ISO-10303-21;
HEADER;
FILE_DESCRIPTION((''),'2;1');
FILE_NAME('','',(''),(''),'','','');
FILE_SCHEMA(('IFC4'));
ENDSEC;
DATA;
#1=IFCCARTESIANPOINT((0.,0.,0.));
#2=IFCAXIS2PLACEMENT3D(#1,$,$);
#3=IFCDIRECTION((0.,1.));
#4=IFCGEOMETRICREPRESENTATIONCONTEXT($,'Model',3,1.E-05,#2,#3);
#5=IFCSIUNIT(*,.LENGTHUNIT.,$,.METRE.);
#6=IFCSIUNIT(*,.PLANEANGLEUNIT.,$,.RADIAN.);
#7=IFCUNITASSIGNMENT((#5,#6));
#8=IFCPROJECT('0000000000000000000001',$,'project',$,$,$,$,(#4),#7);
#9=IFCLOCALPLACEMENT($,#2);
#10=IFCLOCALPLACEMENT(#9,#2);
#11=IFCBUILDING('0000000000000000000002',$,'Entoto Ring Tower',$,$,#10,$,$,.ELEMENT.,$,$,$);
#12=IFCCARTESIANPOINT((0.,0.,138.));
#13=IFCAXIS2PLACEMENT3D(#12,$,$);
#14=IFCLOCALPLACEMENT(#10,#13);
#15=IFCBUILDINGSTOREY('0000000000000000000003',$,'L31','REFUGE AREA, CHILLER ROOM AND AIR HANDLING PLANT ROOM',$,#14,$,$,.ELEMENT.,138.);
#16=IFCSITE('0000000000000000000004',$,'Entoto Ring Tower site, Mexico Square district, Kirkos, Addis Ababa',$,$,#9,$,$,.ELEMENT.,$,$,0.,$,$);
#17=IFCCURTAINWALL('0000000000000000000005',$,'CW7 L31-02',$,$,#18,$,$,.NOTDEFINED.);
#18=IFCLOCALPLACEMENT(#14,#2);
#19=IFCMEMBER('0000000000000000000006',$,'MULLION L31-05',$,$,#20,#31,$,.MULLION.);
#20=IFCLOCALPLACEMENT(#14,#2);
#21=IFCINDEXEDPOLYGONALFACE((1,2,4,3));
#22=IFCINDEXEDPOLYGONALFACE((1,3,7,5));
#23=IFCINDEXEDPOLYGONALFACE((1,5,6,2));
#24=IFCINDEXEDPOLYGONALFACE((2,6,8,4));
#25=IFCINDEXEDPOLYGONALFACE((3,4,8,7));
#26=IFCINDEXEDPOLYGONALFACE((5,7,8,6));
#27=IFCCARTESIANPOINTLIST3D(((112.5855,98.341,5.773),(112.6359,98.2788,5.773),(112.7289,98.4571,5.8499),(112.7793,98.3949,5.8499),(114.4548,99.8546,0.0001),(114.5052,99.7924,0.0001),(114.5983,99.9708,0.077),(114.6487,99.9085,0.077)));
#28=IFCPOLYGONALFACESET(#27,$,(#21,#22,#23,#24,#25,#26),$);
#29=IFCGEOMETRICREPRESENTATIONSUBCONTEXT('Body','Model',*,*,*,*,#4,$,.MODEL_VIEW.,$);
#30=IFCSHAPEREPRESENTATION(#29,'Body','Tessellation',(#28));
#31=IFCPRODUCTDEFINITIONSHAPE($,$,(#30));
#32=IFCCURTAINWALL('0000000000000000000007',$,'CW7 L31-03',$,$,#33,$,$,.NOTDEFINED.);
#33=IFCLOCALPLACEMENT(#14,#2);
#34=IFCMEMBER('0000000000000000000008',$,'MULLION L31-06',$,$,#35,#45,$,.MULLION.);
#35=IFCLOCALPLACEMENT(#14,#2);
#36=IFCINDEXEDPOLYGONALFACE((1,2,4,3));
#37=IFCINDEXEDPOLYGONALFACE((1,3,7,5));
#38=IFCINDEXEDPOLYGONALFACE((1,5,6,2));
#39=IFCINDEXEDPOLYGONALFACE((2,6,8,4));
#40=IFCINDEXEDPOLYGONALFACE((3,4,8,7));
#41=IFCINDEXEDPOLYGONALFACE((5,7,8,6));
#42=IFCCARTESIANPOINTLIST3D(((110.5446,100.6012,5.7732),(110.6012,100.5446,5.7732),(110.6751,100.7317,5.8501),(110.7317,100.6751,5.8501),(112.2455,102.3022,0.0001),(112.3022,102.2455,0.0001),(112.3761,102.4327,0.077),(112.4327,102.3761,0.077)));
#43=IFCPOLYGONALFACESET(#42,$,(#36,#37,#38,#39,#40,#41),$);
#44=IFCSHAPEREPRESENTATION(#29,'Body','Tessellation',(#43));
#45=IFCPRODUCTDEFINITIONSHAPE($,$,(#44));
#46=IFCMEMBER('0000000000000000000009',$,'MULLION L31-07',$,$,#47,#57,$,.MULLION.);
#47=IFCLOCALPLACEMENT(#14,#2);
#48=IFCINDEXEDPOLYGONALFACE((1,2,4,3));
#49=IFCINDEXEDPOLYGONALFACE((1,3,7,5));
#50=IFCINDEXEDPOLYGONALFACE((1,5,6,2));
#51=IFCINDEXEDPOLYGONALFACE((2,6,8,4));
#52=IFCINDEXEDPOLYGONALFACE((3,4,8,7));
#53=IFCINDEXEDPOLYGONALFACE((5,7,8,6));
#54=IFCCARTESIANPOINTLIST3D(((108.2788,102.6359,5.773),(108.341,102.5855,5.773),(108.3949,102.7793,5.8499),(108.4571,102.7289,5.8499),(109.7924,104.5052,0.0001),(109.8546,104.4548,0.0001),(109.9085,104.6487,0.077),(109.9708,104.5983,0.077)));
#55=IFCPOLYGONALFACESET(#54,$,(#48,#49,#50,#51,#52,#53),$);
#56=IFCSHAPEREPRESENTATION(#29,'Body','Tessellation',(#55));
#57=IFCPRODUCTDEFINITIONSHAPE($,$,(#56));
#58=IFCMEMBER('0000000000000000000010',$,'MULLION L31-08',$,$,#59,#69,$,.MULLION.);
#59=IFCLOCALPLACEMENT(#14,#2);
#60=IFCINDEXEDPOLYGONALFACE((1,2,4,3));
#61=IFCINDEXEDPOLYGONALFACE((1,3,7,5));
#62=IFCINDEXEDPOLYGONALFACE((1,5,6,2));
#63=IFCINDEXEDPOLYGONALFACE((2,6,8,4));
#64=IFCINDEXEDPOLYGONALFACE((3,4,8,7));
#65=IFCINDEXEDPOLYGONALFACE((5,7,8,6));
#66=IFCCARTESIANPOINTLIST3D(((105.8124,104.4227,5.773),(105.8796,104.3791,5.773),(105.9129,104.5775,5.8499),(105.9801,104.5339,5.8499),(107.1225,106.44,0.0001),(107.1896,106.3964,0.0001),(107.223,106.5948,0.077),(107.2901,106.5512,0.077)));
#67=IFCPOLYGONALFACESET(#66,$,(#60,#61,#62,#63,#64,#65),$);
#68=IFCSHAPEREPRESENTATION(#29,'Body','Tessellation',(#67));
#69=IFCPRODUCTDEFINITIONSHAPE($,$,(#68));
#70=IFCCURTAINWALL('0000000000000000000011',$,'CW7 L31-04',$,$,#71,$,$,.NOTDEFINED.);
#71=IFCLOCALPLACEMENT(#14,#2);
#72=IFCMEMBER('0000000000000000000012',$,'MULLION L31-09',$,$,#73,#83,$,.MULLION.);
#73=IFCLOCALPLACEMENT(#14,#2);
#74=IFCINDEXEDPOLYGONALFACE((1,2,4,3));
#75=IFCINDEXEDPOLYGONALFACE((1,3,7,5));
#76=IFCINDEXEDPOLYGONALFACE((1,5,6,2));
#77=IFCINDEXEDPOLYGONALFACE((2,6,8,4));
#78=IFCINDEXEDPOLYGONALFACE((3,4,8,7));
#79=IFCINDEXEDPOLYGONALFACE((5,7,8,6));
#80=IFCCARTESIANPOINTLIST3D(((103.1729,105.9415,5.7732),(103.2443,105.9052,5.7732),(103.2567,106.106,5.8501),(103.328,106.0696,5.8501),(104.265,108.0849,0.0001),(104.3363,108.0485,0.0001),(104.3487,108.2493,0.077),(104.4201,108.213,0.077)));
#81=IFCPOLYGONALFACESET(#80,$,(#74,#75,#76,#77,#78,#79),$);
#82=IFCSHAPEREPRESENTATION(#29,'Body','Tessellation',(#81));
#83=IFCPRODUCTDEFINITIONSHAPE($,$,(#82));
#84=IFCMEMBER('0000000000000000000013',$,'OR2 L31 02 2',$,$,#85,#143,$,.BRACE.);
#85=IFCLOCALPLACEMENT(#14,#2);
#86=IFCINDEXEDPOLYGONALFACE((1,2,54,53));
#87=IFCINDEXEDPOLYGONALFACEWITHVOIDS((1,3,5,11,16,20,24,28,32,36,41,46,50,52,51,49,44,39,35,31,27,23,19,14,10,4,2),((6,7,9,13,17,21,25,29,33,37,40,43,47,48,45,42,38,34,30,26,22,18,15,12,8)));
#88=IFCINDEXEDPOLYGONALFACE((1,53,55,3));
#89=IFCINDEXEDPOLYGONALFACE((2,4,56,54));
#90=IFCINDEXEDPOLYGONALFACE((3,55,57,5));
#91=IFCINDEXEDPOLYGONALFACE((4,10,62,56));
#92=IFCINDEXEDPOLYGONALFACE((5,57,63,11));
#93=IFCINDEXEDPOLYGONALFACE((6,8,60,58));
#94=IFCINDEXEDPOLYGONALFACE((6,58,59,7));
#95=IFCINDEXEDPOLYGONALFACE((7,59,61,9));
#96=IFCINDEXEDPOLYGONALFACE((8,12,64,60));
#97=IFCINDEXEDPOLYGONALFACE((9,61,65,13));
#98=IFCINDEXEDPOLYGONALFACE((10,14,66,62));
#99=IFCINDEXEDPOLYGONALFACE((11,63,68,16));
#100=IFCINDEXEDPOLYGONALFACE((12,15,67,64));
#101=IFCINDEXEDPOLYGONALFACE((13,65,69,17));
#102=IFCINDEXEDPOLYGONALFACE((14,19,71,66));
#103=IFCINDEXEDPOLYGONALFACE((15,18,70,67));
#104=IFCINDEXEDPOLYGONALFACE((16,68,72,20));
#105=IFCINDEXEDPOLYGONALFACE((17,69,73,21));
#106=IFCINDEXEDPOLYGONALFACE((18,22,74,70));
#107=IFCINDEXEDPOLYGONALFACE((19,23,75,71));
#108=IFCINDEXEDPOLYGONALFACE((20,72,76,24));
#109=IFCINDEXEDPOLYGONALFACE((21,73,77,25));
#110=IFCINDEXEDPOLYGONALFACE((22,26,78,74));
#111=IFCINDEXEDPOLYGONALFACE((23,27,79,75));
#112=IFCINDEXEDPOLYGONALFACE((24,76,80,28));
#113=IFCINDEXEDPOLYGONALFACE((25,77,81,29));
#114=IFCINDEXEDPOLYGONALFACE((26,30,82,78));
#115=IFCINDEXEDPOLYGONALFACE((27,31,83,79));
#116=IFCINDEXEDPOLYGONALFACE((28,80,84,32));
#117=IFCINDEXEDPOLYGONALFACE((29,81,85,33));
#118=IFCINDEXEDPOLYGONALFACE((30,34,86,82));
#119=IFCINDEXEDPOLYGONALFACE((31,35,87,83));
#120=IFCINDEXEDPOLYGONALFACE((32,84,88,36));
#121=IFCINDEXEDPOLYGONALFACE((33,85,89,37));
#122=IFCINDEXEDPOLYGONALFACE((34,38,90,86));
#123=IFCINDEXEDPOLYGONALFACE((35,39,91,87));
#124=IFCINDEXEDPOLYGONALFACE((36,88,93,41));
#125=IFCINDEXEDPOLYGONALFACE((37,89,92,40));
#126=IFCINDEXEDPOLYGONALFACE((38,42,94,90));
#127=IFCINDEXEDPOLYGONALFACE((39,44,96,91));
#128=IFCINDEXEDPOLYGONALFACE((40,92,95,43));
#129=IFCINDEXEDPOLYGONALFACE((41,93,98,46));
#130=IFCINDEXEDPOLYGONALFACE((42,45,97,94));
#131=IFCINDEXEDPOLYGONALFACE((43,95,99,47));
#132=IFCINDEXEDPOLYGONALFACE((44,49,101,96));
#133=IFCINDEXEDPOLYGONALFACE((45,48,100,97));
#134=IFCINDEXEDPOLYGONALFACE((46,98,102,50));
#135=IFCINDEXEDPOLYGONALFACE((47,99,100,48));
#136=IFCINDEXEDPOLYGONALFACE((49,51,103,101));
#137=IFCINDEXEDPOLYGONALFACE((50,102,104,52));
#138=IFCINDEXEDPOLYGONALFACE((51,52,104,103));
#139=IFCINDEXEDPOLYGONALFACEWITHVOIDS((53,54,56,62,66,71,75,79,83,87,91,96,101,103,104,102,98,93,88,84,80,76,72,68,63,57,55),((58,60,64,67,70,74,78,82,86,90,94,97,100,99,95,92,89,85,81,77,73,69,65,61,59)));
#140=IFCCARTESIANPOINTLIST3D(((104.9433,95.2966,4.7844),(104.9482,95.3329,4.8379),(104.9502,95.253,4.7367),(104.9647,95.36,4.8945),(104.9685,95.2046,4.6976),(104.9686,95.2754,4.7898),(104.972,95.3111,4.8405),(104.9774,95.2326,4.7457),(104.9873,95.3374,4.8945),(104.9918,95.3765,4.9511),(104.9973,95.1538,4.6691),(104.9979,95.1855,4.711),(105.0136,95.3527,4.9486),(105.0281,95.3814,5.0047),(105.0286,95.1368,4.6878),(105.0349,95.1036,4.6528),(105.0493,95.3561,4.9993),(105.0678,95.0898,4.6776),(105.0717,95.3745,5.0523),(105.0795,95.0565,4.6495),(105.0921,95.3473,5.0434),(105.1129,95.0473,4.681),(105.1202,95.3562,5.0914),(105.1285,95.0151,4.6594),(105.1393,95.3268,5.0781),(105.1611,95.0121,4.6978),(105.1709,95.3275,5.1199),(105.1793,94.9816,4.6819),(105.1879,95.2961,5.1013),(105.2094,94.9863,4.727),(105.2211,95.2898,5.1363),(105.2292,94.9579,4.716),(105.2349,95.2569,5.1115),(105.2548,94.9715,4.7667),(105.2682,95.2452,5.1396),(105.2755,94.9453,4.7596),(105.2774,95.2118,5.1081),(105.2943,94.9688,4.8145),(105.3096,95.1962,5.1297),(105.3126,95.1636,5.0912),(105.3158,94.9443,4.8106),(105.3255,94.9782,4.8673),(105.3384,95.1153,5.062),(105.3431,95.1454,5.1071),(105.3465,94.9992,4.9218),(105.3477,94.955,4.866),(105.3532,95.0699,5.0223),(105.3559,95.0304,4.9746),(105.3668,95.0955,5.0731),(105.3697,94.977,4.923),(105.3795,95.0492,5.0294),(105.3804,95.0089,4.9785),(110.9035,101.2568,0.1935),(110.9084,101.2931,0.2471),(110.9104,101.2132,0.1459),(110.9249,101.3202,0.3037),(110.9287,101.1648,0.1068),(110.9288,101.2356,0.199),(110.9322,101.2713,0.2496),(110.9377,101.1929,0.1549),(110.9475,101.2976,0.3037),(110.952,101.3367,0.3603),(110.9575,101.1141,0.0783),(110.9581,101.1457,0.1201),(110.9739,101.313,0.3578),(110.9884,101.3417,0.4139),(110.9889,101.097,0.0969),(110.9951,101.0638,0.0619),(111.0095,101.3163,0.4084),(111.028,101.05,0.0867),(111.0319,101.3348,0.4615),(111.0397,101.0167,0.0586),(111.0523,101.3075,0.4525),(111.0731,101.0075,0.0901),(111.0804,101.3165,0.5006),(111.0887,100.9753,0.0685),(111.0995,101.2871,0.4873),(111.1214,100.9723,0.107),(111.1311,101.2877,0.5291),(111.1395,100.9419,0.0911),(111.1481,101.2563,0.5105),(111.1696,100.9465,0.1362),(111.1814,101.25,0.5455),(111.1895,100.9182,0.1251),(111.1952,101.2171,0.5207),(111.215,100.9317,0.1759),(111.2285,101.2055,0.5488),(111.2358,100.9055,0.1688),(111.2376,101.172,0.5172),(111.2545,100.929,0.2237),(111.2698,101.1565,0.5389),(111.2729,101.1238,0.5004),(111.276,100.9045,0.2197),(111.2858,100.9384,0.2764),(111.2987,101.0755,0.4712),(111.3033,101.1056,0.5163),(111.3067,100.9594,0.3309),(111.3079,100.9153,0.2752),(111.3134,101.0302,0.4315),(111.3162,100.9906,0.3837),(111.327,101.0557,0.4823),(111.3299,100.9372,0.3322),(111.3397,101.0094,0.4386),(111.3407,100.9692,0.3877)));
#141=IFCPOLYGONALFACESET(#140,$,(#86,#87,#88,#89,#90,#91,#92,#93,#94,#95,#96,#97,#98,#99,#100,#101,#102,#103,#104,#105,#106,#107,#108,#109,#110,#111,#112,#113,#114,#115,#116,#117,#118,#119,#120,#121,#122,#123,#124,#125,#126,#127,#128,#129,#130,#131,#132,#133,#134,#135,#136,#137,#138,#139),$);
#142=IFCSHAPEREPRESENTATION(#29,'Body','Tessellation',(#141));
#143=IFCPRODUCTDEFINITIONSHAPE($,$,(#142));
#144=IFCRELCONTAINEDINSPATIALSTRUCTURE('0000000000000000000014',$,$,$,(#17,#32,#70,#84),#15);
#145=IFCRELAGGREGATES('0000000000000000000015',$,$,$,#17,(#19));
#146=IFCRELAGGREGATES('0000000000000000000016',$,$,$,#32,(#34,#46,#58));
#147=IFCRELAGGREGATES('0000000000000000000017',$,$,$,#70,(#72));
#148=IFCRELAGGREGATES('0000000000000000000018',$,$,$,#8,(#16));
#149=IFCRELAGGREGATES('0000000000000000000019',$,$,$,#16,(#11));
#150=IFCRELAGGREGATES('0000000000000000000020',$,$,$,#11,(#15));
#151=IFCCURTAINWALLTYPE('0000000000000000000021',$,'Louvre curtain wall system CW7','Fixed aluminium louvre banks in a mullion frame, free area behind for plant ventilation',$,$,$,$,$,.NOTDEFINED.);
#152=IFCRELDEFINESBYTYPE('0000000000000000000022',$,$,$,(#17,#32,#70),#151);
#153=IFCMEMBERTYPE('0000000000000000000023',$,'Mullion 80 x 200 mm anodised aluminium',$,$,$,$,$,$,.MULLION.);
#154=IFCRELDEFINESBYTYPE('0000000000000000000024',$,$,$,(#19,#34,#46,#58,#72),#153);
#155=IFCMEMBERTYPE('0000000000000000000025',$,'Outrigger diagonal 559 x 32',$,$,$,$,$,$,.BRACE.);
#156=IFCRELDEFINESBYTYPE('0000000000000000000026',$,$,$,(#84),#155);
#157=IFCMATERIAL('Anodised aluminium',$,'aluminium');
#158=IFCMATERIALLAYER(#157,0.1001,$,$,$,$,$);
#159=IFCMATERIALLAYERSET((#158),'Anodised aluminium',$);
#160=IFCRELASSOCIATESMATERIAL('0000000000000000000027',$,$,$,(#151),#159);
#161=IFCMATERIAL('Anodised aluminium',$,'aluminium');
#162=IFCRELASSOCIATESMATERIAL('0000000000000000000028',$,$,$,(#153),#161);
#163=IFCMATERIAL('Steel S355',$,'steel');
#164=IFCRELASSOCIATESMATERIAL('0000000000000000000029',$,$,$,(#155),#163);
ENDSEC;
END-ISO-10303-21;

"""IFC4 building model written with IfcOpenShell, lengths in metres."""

from ifc_helpers import new_model, si_unit, direction, frame, origin, origin_2d, place, context, subcontext, project, spatial, rectangle, circle, hollow_circle, extrude, material, layer, layer_set, material_profile, profile_set, type_object, element, aggregate, save


model = new_model("IFC4")

# Units and contexts
model_context = context("Model", 3, precision=1e-05, world=origin(), true_north=direction((0.0, 1.0)))
body_context = subcontext(model_context, "Body", "Model", "MODEL_VIEW")
ifc_project = project(units=[si_unit("LENGTHUNIT", "METRE"), si_unit("PLANEANGLEUNIT", "RADIAN")], contexts=[model_context])

# Site, building, storey
site_placement = place(None, origin())
site = spatial("IfcSite", under=ifc_project, at=site_placement, Name="Entoto Ring Tower site, Mexico Square district, Kirkos, Addis Ababa", CompositionType="ELEMENT", RefElevation=0.0)
building_placement = place(site_placement, origin())
building = spatial("IfcBuilding", under=site, at=building_placement, Name="Entoto Ring Tower", CompositionType="ELEMENT")
storey_placement = place(building_placement, frame((0.0, 0.0, 138.0)))
storey = spatial("IfcBuildingStorey", under=building, at=storey_placement, Name="L31", Description="REFUGE AREA, CHILLER ROOM AND AIR HANDLING PLANT ROOM", CompositionType="ELEMENT", Elevation=138.0)

# Curtain walls, members
ifc_material_1 = material(Name="Anodised aluminium", Category="aluminium")
ifc_layer_1 = layer(ifc_material_1, 0.1001)
ifc_layer_set_1 = layer_set([ifc_layer_1], Name="Anodised aluminium")
curtain_wall_type = type_object("IfcCurtainWallType", Name="Louvre curtain wall system CW7", Description="Fixed aluminium louvre banks in a mullion frame, free area behind for plant ventilation", PredefinedType="NOTDEFINED", material=ifc_layer_set_1)
curtain_wall_1_placement = place(storey_placement, origin())
curtain_wall_1 = element("IfcCurtainWall", 1, at=curtain_wall_1_placement, inside=storey, type_object=curtain_wall_type, Name="CW7 L31-02", PredefinedType="NOTDEFINED")
ifc_material_2 = material(Name="Anodised aluminium", Category="aluminium")
ifc_material_profile_1 = material_profile(ifc_material_2, rectangle(XDim=0.0801, YDim=0.2, at=origin_2d()), Name="Mullion 80 x 200 mm anodised aluminium")
ifc_profile_set_1 = profile_set([ifc_material_profile_1], Name="Anodised aluminium")
member_type_1 = type_object("IfcMemberType", Name="Mullion 80 x 200 mm anodised aluminium", PredefinedType="MULLION", material=ifc_profile_set_1)
member_1_placement = place(storey_placement, frame((114.5518, 99.8816, 0.0386), z_axis=(-0.298909, -0.242032, 0.923078), x_axis=(0.629289, -0.777172, 0.0)))
member_1 = element("IfcMember", 2, at=member_1_placement, type_object=member_type_1, Name="MULLION L31-05", PredefinedType="MULLION", context=body_context, shape_type="SweptSolid", body=[
    extrude(rectangle(XDim=0.0801, YDim=0.2, at=origin_2d()), origin(), (0.0, 0.0, 1.0), 6.2539),
])
aggregate(curtain_wall_1, [member_1])
curtain_wall_2_placement = place(storey_placement, origin())
curtain_wall_2 = element("IfcCurtainWall", 3, at=curtain_wall_2_placement, inside=storey, type_object=curtain_wall_type, Name="CW7 L31-03", PredefinedType="NOTDEFINED")
member_2_placement = place(storey_placement, frame((112.3391, 102.3391, 0.0386), z_axis=(-0.271972, -0.271972, 0.923072), x_axis=(0.707107, -0.707107, 0.0)))
member_2 = element("IfcMember", 4, at=member_2_placement, type_object=member_type_1, Name="MULLION L31-06", PredefinedType="MULLION", context=body_context, shape_type="SweptSolid", body=[
    extrude(rectangle(XDim=0.0801, YDim=0.2, at=origin_2d()), origin(), (0.0, 0.0, 1.0), 6.2542),
])
member_3_placement = place(storey_placement, frame((109.8816, 104.5518, 0.0386), z_axis=(-0.242032, -0.298909, 0.923078), x_axis=(0.777172, -0.629289, 0.0)))
member_3 = element("IfcMember", 5, at=member_3_placement, type_object=member_type_1, Name="MULLION L31-07", PredefinedType="MULLION", context=body_context, shape_type="SweptSolid", body=[
    extrude(rectangle(XDim=0.0801, YDim=0.2, at=origin_2d()), origin(), (0.0, 0.0, 1.0), 6.2539),
])
member_4_placement = place(storey_placement, frame((107.2063, 106.4956, 0.0386), z_axis=(-0.209474, -0.322566, 0.923077), x_axis=(0.838673, -0.544635, 0.0)))
member_4 = element("IfcMember", 6, at=member_4_placement, type_object=member_type_1, Name="MULLION L31-08", PredefinedType="MULLION", context=body_context, shape_type="SweptSolid", body=[
    extrude(rectangle(XDim=0.0801, YDim=0.2, at=origin_2d()), origin(), (0.0, 0.0, 1.0), 6.2539),
])
aggregate(curtain_wall_2, [member_2, member_3, member_4])

# Curtain wall, member
curtain_wall_3_placement = place(storey_placement, origin())
curtain_wall_3 = element("IfcCurtainWall", 7, at=curtain_wall_3_placement, inside=storey, type_object=curtain_wall_type, Name="CW7 L31-04", PredefinedType="NOTDEFINED")
member_5_placement = place(storey_placement, frame((104.3425, 108.1489, 0.0386), z_axis=(-0.174613, -0.342707, 0.923072), x_axis=(0.891012, -0.453981, 0.0)))
member_5 = element("IfcMember", 8, at=member_5_placement, type_object=member_type_1, Name="MULLION L31-09", PredefinedType="MULLION", context=body_context, shape_type="SweptSolid", body=[
    extrude(rectangle(XDim=0.0801, YDim=0.2, at=origin_2d()), origin(), (0.0, 0.0, 1.0), 6.2542),
])
aggregate(curtain_wall_3, [member_5])

# Member
ifc_material_3 = material(Name="Steel S355", Category="steel")
ifc_material_profile_2 = material_profile(ifc_material_3, hollow_circle(Radius=0.2795, WallThickness=0.032, at=origin_2d()), Name="CHS 559 x 32")
ifc_material_4 = material(Name="Concrete C60/75", Category="concrete")
ifc_material_profile_3 = material_profile(ifc_material_4, circle(Radius=0.2476, at=origin_2d()), Name="Concrete C60/75 infill")
ifc_profile_set_2 = profile_set([ifc_material_profile_2, ifc_material_profile_3], Name="Steel S355")
member_type_2 = type_object("IfcMemberType", Name="Outrigger diagonal 559 x 32", PredefinedType="BRACE", material=ifc_profile_set_2)
member_6_placement = place(storey_placement, frame((105.1624, 95.1624, 4.8945), z_axis=(0.620977, 0.620977, -0.478305), x_axis=(-0.707107, 0.707107, 0.0)))
element("IfcMember", 9, at=member_6_placement, inside=storey, type_object=member_type_2, Name="OR2 L31 02 2", PredefinedType="BRACE", context=body_context, shape_type="SweptSolid", body=[
    extrude(hollow_circle(Radius=0.2795, WallThickness=0.032, at=origin_2d()), origin(), (0.0, 0.0, 1.0), 9.5981),
])

save(model, "model.ifc")
